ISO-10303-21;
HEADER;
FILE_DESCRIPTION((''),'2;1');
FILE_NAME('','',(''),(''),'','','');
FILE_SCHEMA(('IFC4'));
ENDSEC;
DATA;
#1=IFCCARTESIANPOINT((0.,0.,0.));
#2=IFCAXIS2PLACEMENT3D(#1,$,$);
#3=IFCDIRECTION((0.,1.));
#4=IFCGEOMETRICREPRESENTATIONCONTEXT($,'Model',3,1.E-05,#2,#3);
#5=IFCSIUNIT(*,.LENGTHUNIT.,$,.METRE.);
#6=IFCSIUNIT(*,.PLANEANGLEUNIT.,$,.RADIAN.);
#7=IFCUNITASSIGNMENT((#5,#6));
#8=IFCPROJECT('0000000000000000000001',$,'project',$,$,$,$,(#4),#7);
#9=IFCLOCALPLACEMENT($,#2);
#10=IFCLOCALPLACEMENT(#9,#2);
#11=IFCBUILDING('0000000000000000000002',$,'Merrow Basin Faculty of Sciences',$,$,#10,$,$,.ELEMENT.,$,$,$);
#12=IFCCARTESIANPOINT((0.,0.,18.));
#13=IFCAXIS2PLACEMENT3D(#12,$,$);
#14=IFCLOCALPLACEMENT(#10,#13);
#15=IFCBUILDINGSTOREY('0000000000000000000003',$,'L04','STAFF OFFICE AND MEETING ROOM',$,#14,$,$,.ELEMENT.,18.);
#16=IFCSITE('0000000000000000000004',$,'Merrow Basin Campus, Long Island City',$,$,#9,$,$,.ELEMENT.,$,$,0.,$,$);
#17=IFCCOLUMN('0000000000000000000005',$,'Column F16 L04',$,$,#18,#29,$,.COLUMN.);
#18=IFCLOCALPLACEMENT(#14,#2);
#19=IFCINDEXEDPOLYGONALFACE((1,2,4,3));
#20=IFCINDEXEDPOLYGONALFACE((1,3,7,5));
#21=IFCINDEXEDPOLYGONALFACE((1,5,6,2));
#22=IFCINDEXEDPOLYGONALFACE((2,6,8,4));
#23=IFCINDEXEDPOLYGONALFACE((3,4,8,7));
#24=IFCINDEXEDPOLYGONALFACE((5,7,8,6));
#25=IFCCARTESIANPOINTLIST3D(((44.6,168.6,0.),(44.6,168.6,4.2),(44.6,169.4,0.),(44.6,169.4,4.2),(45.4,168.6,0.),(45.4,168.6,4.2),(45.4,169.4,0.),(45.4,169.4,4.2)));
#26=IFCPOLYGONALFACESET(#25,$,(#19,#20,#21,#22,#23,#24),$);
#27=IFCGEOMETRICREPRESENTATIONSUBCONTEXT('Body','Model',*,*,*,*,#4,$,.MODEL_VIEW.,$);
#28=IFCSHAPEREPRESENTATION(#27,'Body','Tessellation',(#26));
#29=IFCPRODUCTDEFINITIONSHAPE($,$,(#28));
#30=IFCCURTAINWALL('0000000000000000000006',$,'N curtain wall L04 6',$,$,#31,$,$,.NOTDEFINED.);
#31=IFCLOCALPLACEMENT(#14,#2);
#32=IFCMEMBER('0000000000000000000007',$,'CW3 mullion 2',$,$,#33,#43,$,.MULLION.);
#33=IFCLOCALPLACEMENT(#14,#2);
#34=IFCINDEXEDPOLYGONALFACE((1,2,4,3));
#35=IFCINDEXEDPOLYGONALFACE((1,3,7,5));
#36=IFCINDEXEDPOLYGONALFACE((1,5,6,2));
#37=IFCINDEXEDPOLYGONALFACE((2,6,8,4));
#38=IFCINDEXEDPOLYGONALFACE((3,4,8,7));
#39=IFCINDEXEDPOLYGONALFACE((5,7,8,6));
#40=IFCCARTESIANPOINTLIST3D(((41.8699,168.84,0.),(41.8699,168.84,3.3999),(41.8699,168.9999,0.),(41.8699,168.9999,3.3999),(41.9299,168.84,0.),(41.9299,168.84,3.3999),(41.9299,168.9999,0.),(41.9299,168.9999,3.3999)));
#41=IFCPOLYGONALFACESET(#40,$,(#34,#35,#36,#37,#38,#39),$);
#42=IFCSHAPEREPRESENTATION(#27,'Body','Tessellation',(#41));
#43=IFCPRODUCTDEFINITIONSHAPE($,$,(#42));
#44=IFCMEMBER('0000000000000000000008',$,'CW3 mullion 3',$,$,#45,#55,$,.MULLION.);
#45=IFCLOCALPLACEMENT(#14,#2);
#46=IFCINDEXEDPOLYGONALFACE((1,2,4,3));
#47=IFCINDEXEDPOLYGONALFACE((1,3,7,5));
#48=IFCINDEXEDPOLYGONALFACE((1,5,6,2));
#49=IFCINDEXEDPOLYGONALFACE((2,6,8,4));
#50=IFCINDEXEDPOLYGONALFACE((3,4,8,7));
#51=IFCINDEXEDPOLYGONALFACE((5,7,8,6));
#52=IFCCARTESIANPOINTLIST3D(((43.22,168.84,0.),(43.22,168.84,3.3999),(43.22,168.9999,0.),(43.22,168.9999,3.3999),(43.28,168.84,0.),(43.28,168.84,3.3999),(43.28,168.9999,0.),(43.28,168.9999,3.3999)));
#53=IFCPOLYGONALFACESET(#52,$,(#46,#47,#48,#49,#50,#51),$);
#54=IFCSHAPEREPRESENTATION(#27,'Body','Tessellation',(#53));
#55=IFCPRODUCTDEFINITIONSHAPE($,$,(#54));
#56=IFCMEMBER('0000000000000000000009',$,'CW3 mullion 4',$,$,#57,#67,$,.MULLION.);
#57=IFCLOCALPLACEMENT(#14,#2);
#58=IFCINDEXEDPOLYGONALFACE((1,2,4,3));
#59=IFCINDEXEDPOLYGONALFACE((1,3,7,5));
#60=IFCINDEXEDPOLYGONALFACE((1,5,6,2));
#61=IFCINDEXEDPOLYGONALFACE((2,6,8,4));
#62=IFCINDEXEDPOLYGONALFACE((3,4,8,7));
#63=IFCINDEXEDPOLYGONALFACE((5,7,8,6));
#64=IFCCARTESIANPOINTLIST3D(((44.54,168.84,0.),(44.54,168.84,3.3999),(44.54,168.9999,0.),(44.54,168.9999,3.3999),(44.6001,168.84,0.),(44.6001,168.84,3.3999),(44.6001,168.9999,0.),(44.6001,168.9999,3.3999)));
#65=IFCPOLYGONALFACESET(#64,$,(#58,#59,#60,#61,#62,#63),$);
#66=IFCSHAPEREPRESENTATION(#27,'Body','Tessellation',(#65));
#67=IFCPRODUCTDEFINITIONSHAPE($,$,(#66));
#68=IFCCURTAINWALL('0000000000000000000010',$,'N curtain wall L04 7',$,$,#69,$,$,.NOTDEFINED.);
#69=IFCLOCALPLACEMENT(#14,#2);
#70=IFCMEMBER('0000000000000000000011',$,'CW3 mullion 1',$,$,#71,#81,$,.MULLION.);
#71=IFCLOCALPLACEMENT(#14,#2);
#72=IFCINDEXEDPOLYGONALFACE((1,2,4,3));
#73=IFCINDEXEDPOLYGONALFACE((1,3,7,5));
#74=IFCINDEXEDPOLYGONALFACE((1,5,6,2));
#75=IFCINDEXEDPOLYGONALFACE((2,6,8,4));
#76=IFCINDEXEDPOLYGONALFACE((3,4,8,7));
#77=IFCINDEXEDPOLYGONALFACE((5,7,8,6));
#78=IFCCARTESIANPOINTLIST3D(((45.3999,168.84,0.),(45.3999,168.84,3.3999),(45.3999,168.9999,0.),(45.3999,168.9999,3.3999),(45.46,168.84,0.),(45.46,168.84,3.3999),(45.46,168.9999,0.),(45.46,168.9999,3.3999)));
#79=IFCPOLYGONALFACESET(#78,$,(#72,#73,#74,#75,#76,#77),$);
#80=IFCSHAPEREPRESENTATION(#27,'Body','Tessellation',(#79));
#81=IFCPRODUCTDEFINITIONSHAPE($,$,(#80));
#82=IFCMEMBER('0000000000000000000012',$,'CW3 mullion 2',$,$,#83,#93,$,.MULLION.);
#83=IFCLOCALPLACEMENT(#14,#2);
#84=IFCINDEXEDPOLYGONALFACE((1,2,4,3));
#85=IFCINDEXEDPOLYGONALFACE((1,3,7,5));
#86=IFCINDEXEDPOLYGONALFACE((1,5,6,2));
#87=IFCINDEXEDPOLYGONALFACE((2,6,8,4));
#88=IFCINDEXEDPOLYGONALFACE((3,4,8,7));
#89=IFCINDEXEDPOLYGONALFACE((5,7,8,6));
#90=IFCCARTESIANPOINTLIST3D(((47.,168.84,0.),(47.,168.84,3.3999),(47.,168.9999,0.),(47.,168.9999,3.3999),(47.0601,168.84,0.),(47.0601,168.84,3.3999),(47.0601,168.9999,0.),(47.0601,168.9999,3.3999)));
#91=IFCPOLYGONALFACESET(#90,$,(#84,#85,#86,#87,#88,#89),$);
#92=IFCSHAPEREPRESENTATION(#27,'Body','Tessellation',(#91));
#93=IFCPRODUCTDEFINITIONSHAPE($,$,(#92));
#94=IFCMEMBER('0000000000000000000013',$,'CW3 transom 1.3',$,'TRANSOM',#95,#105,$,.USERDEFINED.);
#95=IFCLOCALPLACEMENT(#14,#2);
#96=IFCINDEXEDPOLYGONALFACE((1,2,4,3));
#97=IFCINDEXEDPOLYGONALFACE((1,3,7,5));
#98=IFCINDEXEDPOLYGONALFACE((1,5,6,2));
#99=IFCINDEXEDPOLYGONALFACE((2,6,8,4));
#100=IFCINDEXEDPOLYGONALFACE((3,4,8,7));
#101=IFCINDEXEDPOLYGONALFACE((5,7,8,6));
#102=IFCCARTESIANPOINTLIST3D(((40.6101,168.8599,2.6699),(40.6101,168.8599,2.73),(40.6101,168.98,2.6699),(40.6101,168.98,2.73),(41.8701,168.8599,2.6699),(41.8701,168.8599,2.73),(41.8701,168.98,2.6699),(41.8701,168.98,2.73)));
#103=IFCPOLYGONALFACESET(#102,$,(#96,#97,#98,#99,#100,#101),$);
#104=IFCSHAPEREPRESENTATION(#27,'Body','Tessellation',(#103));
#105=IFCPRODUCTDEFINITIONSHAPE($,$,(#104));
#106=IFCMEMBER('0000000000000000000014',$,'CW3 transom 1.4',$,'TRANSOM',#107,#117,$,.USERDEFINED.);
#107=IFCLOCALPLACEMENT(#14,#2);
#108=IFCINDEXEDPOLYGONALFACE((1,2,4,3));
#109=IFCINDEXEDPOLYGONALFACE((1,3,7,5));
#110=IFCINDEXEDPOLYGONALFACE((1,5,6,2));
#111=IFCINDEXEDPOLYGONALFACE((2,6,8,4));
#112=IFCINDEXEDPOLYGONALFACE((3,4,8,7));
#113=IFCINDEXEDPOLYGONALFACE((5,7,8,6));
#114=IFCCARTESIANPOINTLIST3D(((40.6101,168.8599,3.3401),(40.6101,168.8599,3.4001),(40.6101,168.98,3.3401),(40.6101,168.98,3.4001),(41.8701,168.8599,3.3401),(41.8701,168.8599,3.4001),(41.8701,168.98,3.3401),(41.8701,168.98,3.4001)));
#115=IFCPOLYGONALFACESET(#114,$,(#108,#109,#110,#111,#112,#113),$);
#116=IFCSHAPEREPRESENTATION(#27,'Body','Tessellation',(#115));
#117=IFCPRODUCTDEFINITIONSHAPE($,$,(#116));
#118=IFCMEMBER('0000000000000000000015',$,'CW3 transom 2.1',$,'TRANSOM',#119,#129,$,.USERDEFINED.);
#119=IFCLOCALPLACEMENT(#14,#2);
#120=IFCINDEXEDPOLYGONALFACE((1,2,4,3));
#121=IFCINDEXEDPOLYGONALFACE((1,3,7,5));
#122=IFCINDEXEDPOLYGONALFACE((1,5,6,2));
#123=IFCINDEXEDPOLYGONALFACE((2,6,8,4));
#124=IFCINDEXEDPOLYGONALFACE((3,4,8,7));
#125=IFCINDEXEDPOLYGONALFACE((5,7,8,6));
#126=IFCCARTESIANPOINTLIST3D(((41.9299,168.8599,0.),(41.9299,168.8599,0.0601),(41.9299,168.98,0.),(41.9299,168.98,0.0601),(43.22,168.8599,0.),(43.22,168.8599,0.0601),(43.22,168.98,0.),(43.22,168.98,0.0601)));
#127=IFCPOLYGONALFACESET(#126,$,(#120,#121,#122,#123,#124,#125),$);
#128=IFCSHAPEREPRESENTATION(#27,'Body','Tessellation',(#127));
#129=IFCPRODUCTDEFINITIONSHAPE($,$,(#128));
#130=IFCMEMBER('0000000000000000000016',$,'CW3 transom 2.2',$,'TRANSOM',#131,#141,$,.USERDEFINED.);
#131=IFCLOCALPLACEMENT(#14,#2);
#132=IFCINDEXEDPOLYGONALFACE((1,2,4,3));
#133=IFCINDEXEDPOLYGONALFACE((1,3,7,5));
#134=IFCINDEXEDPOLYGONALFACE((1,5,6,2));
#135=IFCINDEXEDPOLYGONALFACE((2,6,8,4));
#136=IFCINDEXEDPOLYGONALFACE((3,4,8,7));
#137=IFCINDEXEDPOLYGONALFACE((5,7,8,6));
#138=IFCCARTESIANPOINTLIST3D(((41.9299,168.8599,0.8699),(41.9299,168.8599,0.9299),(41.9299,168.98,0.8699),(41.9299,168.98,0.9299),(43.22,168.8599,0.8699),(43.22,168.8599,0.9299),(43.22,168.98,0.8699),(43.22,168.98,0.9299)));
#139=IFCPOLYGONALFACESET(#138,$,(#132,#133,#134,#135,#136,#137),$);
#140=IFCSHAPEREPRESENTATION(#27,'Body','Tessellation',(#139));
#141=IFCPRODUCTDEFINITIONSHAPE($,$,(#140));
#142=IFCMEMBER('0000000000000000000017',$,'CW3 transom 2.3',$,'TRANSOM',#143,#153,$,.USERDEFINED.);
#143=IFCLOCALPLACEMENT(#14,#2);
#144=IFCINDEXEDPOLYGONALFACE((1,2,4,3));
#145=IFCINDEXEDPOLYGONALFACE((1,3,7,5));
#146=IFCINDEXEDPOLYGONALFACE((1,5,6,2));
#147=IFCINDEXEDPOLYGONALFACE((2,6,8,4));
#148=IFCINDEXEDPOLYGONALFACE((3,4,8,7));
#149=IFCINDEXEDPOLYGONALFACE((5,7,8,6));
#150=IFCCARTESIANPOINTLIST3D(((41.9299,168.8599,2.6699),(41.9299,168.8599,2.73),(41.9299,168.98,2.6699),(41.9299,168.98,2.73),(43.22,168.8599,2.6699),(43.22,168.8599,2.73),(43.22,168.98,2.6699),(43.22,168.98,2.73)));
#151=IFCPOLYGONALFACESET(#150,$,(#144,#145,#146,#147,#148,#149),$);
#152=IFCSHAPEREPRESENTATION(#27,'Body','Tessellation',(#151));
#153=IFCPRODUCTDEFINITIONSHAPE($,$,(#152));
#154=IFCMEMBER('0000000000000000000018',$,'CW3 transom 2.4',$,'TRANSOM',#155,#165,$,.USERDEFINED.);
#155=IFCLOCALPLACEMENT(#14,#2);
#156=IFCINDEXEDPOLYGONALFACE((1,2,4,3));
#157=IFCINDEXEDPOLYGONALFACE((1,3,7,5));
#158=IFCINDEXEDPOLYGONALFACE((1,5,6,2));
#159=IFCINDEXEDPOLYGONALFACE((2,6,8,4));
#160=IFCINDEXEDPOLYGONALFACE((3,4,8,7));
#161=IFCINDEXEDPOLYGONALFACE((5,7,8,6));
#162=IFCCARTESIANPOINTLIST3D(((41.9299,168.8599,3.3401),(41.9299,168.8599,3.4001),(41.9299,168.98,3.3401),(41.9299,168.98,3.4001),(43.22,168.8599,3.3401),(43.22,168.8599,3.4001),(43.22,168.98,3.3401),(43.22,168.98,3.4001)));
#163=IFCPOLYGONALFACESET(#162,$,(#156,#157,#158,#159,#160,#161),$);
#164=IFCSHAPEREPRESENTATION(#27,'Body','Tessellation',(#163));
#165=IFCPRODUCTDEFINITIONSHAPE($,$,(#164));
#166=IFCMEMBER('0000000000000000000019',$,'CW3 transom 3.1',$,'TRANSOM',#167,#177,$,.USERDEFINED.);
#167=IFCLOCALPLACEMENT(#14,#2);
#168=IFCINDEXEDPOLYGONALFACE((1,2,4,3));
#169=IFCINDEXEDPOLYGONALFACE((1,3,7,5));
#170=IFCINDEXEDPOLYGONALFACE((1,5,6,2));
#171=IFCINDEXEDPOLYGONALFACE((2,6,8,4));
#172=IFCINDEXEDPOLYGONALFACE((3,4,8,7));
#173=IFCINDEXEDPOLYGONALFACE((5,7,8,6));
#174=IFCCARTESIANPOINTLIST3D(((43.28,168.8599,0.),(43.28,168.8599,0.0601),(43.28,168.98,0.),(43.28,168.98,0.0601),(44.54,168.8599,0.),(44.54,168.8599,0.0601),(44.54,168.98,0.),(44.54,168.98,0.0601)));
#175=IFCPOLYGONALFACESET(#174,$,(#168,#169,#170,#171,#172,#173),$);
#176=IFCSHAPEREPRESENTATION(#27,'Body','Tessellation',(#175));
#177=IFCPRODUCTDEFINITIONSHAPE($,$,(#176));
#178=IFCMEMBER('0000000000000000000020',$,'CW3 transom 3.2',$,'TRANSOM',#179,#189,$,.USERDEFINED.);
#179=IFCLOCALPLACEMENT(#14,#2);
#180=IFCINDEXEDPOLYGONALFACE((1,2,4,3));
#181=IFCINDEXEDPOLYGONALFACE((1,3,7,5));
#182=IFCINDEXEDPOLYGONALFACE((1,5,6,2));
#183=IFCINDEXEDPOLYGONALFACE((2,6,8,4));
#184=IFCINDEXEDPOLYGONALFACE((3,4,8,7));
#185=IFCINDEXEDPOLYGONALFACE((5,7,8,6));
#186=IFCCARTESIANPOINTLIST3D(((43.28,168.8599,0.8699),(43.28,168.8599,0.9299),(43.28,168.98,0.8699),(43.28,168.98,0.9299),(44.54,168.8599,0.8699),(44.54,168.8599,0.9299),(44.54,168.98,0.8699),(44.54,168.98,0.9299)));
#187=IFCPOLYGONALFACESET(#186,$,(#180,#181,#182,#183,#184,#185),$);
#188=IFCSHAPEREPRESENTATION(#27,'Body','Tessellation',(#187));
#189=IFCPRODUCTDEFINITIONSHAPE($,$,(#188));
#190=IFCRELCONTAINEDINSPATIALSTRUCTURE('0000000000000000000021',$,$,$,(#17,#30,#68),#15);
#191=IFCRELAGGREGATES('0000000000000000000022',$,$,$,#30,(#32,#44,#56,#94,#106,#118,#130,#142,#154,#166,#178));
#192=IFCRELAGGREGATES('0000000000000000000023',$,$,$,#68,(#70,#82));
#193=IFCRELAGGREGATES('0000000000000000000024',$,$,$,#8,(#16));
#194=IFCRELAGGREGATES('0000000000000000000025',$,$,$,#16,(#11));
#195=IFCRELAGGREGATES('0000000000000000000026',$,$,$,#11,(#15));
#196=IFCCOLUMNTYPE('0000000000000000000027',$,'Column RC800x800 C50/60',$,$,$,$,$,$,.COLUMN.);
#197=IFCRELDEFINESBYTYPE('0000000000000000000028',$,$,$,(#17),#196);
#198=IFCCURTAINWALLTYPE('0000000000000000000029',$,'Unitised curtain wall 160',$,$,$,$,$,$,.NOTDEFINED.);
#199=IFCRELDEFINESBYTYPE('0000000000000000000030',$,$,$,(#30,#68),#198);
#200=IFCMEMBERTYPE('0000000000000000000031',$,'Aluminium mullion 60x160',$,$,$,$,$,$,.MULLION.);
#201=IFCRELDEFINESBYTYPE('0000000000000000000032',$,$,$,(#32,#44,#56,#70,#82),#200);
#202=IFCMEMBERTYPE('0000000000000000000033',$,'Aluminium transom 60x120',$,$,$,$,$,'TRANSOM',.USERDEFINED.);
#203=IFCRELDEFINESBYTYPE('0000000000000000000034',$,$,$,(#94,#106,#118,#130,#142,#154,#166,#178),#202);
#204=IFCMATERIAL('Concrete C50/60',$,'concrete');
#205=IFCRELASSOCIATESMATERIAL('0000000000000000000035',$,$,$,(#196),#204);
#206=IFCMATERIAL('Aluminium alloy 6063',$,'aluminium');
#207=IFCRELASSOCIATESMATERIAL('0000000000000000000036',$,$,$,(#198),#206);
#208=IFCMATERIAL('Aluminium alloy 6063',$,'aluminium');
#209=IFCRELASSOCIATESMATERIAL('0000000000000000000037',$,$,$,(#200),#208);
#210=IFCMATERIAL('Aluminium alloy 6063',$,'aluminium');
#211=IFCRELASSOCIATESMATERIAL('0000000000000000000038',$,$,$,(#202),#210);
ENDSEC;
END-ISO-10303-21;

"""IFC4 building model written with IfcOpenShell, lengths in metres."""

from ifc_helpers import new_model, si_unit, direction, frame, origin, origin_2d, place, context, subcontext, project, spatial, rectangle, extrude, material, material_profile, profile_set, type_object, element, aggregate, save


model = new_model("IFC4")

# Units and contexts
model_context = context("Model", 3, precision=1e-05, world=origin(), true_north=direction((0.0, 1.0)))
body_context = subcontext(model_context, "Body", "Model", "MODEL_VIEW")
ifc_project = project(units=[si_unit("LENGTHUNIT", "METRE"), si_unit("PLANEANGLEUNIT", "RADIAN")], contexts=[model_context])

# Site, building, storey
site_placement = place(None, origin())
site = spatial("IfcSite", under=ifc_project, at=site_placement, Name="Merrow Basin Campus, Long Island City", CompositionType="ELEMENT", RefElevation=0.0)
building_placement = place(site_placement, origin())
building = spatial("IfcBuilding", under=site, at=building_placement, Name="Merrow Basin Faculty of Sciences", CompositionType="ELEMENT")
storey_placement = place(building_placement, frame((0.0, 0.0, 18.0)))
storey = spatial("IfcBuildingStorey", under=building, at=storey_placement, Name="L04", Description="STAFF OFFICE AND MEETING ROOM", CompositionType="ELEMENT", Elevation=18.0)

# Column
ifc_material_1 = material(Name="Concrete C50/60", Category="concrete")
ifc_material_profile_1 = material_profile(ifc_material_1, rectangle(XDim=0.8, YDim=0.8, at=origin_2d()))
ifc_profile_set_1 = profile_set([ifc_material_profile_1], Name="Concrete C50/60")
column_type = type_object("IfcColumnType", Name="Column RC800x800 C50/60", PredefinedType="COLUMN", material=ifc_profile_set_1)
column_placement = place(storey_placement, frame((45.0, 169.0, 0.0), z_axis=(0.0, 0.0, 1.0), x_axis=(1.0, 0.0, 0.0)))
element("IfcColumn", 1, at=column_placement, inside=storey, type_object=column_type, Name="Column F16 L04", PredefinedType="COLUMN", context=body_context, shape_type="SweptSolid", body=[
    extrude(rectangle(XDim=0.8, YDim=0.8, at=origin_2d()), origin(), (0.0, 0.0, 1.0), 4.2),
])

# Curtain walls, members
ifc_material_2 = material(Name="Aluminium alloy 6063", Category="aluminium")
curtain_wall_type = type_object("IfcCurtainWallType", Name="Unitised curtain wall 160", PredefinedType="NOTDEFINED", material=ifc_material_2)
curtain_wall_1_placement = place(storey_placement, origin())
curtain_wall_1 = element("IfcCurtainWall", 2, at=curtain_wall_1_placement, inside=storey, type_object=curtain_wall_type, Name="N curtain wall L04 6", PredefinedType="NOTDEFINED")
ifc_material_3 = material(Name="Aluminium alloy 6063", Category="aluminium")
ifc_material_profile_2 = material_profile(ifc_material_3, rectangle(XDim=0.1599, YDim=0.0601, at=origin_2d()))
ifc_profile_set_2 = profile_set([ifc_material_profile_2], Name="Aluminium alloy 6063")
member_type_1 = type_object("IfcMemberType", Name="Aluminium mullion 60x160", PredefinedType="MULLION", material=ifc_profile_set_2)
member_1_placement = place(storey_placement, frame((41.8999, 168.9199, 0.0), z_axis=(0.0, 0.0, 1.0), x_axis=(0.0, 1.0, 0.0)))
member_1 = element("IfcMember", 3, at=member_1_placement, type_object=member_type_1, Name="CW3 mullion 2", PredefinedType="MULLION", context=body_context, shape_type="SweptSolid", body=[
    extrude(rectangle(XDim=0.1599, YDim=0.0601, at=origin_2d()), origin(), (0.0, 0.0, 1.0), 3.3999),
])
member_2_placement = place(storey_placement, frame((43.25, 168.9199, 0.0), z_axis=(0.0, 0.0, 1.0), x_axis=(0.0, 1.0, 0.0)))
member_2 = element("IfcMember", 4, at=member_2_placement, type_object=member_type_1, Name="CW3 mullion 3", PredefinedType="MULLION", context=body_context, shape_type="SweptSolid", body=[
    extrude(rectangle(XDim=0.1599, YDim=0.0601, at=origin_2d()), origin(), (0.0, 0.0, 1.0), 3.3999),
])
member_3_placement = place(storey_placement, frame((44.5701, 168.9199, 0.0), z_axis=(0.0, 0.0, 1.0), x_axis=(0.0, 1.0, 0.0)))
member_3 = element("IfcMember", 5, at=member_3_placement, type_object=member_type_1, Name="CW3 mullion 4", PredefinedType="MULLION", context=body_context, shape_type="SweptSolid", body=[
    extrude(rectangle(XDim=0.1599, YDim=0.0601, at=origin_2d()), origin(), (0.0, 0.0, 1.0), 3.3999),
])
curtain_wall_2_placement = place(storey_placement, origin())
curtain_wall_2 = element("IfcCurtainWall", 6, at=curtain_wall_2_placement, inside=storey, type_object=curtain_wall_type, Name="N curtain wall L04 7", PredefinedType="NOTDEFINED")
member_4_placement = place(storey_placement, frame((45.4299, 168.9199, 0.0), z_axis=(0.0, 0.0, 1.0), x_axis=(0.0, 1.0, 0.0)))
member_4 = element("IfcMember", 7, at=member_4_placement, type_object=member_type_1, Name="CW3 mullion 1", PredefinedType="MULLION", context=body_context, shape_type="SweptSolid", body=[
    extrude(rectangle(XDim=0.1599, YDim=0.0601, at=origin_2d()), origin(), (0.0, 0.0, 1.0), 3.3999),
])
member_5_placement = place(storey_placement, frame((47.03, 168.9199, 0.0), z_axis=(0.0, 0.0, 1.0), x_axis=(0.0, 1.0, 0.0)))
member_5 = element("IfcMember", 8, at=member_5_placement, type_object=member_type_1, Name="CW3 mullion 2", PredefinedType="MULLION", context=body_context, shape_type="SweptSolid", body=[
    extrude(rectangle(XDim=0.1599, YDim=0.0601, at=origin_2d()), origin(), (0.0, 0.0, 1.0), 3.3999),
])

# Members
ifc_material_4 = material(Name="Aluminium alloy 6063", Category="aluminium")
ifc_material_profile_3 = material_profile(ifc_material_4, rectangle(XDim=0.1201, YDim=0.0601, at=origin_2d()))
ifc_profile_set_3 = profile_set([ifc_material_profile_3], Name="Aluminium alloy 6063")
member_type_2 = type_object("IfcMemberType", Name="Aluminium transom 60x120", ElementType="TRANSOM", PredefinedType="USERDEFINED", material=ifc_profile_set_3)
member_6_placement = place(storey_placement, frame((40.6101, 168.9199, 2.7), z_axis=(1.0, 0.0, 0.0), x_axis=(0.0, 1.0, 0.0)))
member_6 = element("IfcMember", 9, at=member_6_placement, type_object=member_type_2, Name="CW3 transom 1.3", ObjectType="TRANSOM", PredefinedType="USERDEFINED", context=body_context, shape_type="SweptSolid", body=[
    extrude(rectangle(XDim=0.1201, YDim=0.0601, at=origin_2d()), origin(), (0.0, 0.0, 1.0), 1.26),
])
member_7_placement = place(storey_placement, frame((40.6101, 168.9199, 3.3701), z_axis=(1.0, 0.0, 0.0), x_axis=(0.0, 1.0, 0.0)))
member_7 = element("IfcMember", 10, at=member_7_placement, type_object=member_type_2, Name="CW3 transom 1.4", ObjectType="TRANSOM", PredefinedType="USERDEFINED", context=body_context, shape_type="SweptSolid", body=[
    extrude(rectangle(XDim=0.1201, YDim=0.0601, at=origin_2d()), origin(), (0.0, 0.0, 1.0), 1.26),
])
member_8_placement = place(storey_placement, frame((41.9299, 168.9199, 0.03), z_axis=(1.0, 0.0, 0.0), x_axis=(0.0, 1.0, 0.0)))
member_8 = element("IfcMember", 11, at=member_8_placement, type_object=member_type_2, Name="CW3 transom 2.1", ObjectType="TRANSOM", PredefinedType="USERDEFINED", context=body_context, shape_type="SweptSolid", body=[
    extrude(rectangle(XDim=0.1201, YDim=0.0601, at=origin_2d()), origin(), (0.0, 0.0, 1.0), 1.29),
])
member_9_placement = place(storey_placement, frame((41.9299, 168.9199, 0.8999), z_axis=(1.0, 0.0, 0.0), x_axis=(0.0, 1.0, 0.0)))
member_9 = element("IfcMember", 12, at=member_9_placement, type_object=member_type_2, Name="CW3 transom 2.2", ObjectType="TRANSOM", PredefinedType="USERDEFINED", context=body_context, shape_type="SweptSolid", body=[
    extrude(rectangle(XDim=0.1201, YDim=0.0601, at=origin_2d()), origin(), (0.0, 0.0, 1.0), 1.29),
])
member_10_placement = place(storey_placement, frame((41.9299, 168.9199, 2.7), z_axis=(1.0, 0.0, 0.0), x_axis=(0.0, 1.0, 0.0)))
member_10 = element("IfcMember", 13, at=member_10_placement, type_object=member_type_2, Name="CW3 transom 2.3", ObjectType="TRANSOM", PredefinedType="USERDEFINED", context=body_context, shape_type="SweptSolid", body=[
    extrude(rectangle(XDim=0.1201, YDim=0.0601, at=origin_2d()), origin(), (0.0, 0.0, 1.0), 1.29),
])
member_11_placement = place(storey_placement, frame((41.9299, 168.9199, 3.3701), z_axis=(1.0, 0.0, 0.0), x_axis=(0.0, 1.0, 0.0)))
member_11 = element("IfcMember", 14, at=member_11_placement, type_object=member_type_2, Name="CW3 transom 2.4", ObjectType="TRANSOM", PredefinedType="USERDEFINED", context=body_context, shape_type="SweptSolid", body=[
    extrude(rectangle(XDim=0.1201, YDim=0.0601, at=origin_2d()), origin(), (0.0, 0.0, 1.0), 1.29),
])
member_12_placement = place(storey_placement, frame((43.28, 168.9199, 0.03), z_axis=(1.0, 0.0, 0.0), x_axis=(0.0, 1.0, 0.0)))
member_12 = element("IfcMember", 15, at=member_12_placement, type_object=member_type_2, Name="CW3 transom 3.1", ObjectType="TRANSOM", PredefinedType="USERDEFINED", context=body_context, shape_type="SweptSolid", body=[
    extrude(rectangle(XDim=0.1201, YDim=0.0601, at=origin_2d()), origin(), (0.0, 0.0, 1.0), 1.26),
])
member_13_placement = place(storey_placement, frame((43.28, 168.9199, 0.8999), z_axis=(1.0, 0.0, 0.0), x_axis=(0.0, 1.0, 0.0)))
member_13 = element("IfcMember", 16, at=member_13_placement, type_object=member_type_2, Name="CW3 transom 3.2", ObjectType="TRANSOM", PredefinedType="USERDEFINED", context=body_context, shape_type="SweptSolid", body=[
    extrude(rectangle(XDim=0.1201, YDim=0.0601, at=origin_2d()), origin(), (0.0, 0.0, 1.0), 1.26),
])

aggregate(curtain_wall_1, [member_1, member_2, member_3, member_6, member_7, member_8, member_9, member_10, member_11, member_12, member_13])
aggregate(curtain_wall_2, [member_4, member_5])

save(model, "model.ifc")
